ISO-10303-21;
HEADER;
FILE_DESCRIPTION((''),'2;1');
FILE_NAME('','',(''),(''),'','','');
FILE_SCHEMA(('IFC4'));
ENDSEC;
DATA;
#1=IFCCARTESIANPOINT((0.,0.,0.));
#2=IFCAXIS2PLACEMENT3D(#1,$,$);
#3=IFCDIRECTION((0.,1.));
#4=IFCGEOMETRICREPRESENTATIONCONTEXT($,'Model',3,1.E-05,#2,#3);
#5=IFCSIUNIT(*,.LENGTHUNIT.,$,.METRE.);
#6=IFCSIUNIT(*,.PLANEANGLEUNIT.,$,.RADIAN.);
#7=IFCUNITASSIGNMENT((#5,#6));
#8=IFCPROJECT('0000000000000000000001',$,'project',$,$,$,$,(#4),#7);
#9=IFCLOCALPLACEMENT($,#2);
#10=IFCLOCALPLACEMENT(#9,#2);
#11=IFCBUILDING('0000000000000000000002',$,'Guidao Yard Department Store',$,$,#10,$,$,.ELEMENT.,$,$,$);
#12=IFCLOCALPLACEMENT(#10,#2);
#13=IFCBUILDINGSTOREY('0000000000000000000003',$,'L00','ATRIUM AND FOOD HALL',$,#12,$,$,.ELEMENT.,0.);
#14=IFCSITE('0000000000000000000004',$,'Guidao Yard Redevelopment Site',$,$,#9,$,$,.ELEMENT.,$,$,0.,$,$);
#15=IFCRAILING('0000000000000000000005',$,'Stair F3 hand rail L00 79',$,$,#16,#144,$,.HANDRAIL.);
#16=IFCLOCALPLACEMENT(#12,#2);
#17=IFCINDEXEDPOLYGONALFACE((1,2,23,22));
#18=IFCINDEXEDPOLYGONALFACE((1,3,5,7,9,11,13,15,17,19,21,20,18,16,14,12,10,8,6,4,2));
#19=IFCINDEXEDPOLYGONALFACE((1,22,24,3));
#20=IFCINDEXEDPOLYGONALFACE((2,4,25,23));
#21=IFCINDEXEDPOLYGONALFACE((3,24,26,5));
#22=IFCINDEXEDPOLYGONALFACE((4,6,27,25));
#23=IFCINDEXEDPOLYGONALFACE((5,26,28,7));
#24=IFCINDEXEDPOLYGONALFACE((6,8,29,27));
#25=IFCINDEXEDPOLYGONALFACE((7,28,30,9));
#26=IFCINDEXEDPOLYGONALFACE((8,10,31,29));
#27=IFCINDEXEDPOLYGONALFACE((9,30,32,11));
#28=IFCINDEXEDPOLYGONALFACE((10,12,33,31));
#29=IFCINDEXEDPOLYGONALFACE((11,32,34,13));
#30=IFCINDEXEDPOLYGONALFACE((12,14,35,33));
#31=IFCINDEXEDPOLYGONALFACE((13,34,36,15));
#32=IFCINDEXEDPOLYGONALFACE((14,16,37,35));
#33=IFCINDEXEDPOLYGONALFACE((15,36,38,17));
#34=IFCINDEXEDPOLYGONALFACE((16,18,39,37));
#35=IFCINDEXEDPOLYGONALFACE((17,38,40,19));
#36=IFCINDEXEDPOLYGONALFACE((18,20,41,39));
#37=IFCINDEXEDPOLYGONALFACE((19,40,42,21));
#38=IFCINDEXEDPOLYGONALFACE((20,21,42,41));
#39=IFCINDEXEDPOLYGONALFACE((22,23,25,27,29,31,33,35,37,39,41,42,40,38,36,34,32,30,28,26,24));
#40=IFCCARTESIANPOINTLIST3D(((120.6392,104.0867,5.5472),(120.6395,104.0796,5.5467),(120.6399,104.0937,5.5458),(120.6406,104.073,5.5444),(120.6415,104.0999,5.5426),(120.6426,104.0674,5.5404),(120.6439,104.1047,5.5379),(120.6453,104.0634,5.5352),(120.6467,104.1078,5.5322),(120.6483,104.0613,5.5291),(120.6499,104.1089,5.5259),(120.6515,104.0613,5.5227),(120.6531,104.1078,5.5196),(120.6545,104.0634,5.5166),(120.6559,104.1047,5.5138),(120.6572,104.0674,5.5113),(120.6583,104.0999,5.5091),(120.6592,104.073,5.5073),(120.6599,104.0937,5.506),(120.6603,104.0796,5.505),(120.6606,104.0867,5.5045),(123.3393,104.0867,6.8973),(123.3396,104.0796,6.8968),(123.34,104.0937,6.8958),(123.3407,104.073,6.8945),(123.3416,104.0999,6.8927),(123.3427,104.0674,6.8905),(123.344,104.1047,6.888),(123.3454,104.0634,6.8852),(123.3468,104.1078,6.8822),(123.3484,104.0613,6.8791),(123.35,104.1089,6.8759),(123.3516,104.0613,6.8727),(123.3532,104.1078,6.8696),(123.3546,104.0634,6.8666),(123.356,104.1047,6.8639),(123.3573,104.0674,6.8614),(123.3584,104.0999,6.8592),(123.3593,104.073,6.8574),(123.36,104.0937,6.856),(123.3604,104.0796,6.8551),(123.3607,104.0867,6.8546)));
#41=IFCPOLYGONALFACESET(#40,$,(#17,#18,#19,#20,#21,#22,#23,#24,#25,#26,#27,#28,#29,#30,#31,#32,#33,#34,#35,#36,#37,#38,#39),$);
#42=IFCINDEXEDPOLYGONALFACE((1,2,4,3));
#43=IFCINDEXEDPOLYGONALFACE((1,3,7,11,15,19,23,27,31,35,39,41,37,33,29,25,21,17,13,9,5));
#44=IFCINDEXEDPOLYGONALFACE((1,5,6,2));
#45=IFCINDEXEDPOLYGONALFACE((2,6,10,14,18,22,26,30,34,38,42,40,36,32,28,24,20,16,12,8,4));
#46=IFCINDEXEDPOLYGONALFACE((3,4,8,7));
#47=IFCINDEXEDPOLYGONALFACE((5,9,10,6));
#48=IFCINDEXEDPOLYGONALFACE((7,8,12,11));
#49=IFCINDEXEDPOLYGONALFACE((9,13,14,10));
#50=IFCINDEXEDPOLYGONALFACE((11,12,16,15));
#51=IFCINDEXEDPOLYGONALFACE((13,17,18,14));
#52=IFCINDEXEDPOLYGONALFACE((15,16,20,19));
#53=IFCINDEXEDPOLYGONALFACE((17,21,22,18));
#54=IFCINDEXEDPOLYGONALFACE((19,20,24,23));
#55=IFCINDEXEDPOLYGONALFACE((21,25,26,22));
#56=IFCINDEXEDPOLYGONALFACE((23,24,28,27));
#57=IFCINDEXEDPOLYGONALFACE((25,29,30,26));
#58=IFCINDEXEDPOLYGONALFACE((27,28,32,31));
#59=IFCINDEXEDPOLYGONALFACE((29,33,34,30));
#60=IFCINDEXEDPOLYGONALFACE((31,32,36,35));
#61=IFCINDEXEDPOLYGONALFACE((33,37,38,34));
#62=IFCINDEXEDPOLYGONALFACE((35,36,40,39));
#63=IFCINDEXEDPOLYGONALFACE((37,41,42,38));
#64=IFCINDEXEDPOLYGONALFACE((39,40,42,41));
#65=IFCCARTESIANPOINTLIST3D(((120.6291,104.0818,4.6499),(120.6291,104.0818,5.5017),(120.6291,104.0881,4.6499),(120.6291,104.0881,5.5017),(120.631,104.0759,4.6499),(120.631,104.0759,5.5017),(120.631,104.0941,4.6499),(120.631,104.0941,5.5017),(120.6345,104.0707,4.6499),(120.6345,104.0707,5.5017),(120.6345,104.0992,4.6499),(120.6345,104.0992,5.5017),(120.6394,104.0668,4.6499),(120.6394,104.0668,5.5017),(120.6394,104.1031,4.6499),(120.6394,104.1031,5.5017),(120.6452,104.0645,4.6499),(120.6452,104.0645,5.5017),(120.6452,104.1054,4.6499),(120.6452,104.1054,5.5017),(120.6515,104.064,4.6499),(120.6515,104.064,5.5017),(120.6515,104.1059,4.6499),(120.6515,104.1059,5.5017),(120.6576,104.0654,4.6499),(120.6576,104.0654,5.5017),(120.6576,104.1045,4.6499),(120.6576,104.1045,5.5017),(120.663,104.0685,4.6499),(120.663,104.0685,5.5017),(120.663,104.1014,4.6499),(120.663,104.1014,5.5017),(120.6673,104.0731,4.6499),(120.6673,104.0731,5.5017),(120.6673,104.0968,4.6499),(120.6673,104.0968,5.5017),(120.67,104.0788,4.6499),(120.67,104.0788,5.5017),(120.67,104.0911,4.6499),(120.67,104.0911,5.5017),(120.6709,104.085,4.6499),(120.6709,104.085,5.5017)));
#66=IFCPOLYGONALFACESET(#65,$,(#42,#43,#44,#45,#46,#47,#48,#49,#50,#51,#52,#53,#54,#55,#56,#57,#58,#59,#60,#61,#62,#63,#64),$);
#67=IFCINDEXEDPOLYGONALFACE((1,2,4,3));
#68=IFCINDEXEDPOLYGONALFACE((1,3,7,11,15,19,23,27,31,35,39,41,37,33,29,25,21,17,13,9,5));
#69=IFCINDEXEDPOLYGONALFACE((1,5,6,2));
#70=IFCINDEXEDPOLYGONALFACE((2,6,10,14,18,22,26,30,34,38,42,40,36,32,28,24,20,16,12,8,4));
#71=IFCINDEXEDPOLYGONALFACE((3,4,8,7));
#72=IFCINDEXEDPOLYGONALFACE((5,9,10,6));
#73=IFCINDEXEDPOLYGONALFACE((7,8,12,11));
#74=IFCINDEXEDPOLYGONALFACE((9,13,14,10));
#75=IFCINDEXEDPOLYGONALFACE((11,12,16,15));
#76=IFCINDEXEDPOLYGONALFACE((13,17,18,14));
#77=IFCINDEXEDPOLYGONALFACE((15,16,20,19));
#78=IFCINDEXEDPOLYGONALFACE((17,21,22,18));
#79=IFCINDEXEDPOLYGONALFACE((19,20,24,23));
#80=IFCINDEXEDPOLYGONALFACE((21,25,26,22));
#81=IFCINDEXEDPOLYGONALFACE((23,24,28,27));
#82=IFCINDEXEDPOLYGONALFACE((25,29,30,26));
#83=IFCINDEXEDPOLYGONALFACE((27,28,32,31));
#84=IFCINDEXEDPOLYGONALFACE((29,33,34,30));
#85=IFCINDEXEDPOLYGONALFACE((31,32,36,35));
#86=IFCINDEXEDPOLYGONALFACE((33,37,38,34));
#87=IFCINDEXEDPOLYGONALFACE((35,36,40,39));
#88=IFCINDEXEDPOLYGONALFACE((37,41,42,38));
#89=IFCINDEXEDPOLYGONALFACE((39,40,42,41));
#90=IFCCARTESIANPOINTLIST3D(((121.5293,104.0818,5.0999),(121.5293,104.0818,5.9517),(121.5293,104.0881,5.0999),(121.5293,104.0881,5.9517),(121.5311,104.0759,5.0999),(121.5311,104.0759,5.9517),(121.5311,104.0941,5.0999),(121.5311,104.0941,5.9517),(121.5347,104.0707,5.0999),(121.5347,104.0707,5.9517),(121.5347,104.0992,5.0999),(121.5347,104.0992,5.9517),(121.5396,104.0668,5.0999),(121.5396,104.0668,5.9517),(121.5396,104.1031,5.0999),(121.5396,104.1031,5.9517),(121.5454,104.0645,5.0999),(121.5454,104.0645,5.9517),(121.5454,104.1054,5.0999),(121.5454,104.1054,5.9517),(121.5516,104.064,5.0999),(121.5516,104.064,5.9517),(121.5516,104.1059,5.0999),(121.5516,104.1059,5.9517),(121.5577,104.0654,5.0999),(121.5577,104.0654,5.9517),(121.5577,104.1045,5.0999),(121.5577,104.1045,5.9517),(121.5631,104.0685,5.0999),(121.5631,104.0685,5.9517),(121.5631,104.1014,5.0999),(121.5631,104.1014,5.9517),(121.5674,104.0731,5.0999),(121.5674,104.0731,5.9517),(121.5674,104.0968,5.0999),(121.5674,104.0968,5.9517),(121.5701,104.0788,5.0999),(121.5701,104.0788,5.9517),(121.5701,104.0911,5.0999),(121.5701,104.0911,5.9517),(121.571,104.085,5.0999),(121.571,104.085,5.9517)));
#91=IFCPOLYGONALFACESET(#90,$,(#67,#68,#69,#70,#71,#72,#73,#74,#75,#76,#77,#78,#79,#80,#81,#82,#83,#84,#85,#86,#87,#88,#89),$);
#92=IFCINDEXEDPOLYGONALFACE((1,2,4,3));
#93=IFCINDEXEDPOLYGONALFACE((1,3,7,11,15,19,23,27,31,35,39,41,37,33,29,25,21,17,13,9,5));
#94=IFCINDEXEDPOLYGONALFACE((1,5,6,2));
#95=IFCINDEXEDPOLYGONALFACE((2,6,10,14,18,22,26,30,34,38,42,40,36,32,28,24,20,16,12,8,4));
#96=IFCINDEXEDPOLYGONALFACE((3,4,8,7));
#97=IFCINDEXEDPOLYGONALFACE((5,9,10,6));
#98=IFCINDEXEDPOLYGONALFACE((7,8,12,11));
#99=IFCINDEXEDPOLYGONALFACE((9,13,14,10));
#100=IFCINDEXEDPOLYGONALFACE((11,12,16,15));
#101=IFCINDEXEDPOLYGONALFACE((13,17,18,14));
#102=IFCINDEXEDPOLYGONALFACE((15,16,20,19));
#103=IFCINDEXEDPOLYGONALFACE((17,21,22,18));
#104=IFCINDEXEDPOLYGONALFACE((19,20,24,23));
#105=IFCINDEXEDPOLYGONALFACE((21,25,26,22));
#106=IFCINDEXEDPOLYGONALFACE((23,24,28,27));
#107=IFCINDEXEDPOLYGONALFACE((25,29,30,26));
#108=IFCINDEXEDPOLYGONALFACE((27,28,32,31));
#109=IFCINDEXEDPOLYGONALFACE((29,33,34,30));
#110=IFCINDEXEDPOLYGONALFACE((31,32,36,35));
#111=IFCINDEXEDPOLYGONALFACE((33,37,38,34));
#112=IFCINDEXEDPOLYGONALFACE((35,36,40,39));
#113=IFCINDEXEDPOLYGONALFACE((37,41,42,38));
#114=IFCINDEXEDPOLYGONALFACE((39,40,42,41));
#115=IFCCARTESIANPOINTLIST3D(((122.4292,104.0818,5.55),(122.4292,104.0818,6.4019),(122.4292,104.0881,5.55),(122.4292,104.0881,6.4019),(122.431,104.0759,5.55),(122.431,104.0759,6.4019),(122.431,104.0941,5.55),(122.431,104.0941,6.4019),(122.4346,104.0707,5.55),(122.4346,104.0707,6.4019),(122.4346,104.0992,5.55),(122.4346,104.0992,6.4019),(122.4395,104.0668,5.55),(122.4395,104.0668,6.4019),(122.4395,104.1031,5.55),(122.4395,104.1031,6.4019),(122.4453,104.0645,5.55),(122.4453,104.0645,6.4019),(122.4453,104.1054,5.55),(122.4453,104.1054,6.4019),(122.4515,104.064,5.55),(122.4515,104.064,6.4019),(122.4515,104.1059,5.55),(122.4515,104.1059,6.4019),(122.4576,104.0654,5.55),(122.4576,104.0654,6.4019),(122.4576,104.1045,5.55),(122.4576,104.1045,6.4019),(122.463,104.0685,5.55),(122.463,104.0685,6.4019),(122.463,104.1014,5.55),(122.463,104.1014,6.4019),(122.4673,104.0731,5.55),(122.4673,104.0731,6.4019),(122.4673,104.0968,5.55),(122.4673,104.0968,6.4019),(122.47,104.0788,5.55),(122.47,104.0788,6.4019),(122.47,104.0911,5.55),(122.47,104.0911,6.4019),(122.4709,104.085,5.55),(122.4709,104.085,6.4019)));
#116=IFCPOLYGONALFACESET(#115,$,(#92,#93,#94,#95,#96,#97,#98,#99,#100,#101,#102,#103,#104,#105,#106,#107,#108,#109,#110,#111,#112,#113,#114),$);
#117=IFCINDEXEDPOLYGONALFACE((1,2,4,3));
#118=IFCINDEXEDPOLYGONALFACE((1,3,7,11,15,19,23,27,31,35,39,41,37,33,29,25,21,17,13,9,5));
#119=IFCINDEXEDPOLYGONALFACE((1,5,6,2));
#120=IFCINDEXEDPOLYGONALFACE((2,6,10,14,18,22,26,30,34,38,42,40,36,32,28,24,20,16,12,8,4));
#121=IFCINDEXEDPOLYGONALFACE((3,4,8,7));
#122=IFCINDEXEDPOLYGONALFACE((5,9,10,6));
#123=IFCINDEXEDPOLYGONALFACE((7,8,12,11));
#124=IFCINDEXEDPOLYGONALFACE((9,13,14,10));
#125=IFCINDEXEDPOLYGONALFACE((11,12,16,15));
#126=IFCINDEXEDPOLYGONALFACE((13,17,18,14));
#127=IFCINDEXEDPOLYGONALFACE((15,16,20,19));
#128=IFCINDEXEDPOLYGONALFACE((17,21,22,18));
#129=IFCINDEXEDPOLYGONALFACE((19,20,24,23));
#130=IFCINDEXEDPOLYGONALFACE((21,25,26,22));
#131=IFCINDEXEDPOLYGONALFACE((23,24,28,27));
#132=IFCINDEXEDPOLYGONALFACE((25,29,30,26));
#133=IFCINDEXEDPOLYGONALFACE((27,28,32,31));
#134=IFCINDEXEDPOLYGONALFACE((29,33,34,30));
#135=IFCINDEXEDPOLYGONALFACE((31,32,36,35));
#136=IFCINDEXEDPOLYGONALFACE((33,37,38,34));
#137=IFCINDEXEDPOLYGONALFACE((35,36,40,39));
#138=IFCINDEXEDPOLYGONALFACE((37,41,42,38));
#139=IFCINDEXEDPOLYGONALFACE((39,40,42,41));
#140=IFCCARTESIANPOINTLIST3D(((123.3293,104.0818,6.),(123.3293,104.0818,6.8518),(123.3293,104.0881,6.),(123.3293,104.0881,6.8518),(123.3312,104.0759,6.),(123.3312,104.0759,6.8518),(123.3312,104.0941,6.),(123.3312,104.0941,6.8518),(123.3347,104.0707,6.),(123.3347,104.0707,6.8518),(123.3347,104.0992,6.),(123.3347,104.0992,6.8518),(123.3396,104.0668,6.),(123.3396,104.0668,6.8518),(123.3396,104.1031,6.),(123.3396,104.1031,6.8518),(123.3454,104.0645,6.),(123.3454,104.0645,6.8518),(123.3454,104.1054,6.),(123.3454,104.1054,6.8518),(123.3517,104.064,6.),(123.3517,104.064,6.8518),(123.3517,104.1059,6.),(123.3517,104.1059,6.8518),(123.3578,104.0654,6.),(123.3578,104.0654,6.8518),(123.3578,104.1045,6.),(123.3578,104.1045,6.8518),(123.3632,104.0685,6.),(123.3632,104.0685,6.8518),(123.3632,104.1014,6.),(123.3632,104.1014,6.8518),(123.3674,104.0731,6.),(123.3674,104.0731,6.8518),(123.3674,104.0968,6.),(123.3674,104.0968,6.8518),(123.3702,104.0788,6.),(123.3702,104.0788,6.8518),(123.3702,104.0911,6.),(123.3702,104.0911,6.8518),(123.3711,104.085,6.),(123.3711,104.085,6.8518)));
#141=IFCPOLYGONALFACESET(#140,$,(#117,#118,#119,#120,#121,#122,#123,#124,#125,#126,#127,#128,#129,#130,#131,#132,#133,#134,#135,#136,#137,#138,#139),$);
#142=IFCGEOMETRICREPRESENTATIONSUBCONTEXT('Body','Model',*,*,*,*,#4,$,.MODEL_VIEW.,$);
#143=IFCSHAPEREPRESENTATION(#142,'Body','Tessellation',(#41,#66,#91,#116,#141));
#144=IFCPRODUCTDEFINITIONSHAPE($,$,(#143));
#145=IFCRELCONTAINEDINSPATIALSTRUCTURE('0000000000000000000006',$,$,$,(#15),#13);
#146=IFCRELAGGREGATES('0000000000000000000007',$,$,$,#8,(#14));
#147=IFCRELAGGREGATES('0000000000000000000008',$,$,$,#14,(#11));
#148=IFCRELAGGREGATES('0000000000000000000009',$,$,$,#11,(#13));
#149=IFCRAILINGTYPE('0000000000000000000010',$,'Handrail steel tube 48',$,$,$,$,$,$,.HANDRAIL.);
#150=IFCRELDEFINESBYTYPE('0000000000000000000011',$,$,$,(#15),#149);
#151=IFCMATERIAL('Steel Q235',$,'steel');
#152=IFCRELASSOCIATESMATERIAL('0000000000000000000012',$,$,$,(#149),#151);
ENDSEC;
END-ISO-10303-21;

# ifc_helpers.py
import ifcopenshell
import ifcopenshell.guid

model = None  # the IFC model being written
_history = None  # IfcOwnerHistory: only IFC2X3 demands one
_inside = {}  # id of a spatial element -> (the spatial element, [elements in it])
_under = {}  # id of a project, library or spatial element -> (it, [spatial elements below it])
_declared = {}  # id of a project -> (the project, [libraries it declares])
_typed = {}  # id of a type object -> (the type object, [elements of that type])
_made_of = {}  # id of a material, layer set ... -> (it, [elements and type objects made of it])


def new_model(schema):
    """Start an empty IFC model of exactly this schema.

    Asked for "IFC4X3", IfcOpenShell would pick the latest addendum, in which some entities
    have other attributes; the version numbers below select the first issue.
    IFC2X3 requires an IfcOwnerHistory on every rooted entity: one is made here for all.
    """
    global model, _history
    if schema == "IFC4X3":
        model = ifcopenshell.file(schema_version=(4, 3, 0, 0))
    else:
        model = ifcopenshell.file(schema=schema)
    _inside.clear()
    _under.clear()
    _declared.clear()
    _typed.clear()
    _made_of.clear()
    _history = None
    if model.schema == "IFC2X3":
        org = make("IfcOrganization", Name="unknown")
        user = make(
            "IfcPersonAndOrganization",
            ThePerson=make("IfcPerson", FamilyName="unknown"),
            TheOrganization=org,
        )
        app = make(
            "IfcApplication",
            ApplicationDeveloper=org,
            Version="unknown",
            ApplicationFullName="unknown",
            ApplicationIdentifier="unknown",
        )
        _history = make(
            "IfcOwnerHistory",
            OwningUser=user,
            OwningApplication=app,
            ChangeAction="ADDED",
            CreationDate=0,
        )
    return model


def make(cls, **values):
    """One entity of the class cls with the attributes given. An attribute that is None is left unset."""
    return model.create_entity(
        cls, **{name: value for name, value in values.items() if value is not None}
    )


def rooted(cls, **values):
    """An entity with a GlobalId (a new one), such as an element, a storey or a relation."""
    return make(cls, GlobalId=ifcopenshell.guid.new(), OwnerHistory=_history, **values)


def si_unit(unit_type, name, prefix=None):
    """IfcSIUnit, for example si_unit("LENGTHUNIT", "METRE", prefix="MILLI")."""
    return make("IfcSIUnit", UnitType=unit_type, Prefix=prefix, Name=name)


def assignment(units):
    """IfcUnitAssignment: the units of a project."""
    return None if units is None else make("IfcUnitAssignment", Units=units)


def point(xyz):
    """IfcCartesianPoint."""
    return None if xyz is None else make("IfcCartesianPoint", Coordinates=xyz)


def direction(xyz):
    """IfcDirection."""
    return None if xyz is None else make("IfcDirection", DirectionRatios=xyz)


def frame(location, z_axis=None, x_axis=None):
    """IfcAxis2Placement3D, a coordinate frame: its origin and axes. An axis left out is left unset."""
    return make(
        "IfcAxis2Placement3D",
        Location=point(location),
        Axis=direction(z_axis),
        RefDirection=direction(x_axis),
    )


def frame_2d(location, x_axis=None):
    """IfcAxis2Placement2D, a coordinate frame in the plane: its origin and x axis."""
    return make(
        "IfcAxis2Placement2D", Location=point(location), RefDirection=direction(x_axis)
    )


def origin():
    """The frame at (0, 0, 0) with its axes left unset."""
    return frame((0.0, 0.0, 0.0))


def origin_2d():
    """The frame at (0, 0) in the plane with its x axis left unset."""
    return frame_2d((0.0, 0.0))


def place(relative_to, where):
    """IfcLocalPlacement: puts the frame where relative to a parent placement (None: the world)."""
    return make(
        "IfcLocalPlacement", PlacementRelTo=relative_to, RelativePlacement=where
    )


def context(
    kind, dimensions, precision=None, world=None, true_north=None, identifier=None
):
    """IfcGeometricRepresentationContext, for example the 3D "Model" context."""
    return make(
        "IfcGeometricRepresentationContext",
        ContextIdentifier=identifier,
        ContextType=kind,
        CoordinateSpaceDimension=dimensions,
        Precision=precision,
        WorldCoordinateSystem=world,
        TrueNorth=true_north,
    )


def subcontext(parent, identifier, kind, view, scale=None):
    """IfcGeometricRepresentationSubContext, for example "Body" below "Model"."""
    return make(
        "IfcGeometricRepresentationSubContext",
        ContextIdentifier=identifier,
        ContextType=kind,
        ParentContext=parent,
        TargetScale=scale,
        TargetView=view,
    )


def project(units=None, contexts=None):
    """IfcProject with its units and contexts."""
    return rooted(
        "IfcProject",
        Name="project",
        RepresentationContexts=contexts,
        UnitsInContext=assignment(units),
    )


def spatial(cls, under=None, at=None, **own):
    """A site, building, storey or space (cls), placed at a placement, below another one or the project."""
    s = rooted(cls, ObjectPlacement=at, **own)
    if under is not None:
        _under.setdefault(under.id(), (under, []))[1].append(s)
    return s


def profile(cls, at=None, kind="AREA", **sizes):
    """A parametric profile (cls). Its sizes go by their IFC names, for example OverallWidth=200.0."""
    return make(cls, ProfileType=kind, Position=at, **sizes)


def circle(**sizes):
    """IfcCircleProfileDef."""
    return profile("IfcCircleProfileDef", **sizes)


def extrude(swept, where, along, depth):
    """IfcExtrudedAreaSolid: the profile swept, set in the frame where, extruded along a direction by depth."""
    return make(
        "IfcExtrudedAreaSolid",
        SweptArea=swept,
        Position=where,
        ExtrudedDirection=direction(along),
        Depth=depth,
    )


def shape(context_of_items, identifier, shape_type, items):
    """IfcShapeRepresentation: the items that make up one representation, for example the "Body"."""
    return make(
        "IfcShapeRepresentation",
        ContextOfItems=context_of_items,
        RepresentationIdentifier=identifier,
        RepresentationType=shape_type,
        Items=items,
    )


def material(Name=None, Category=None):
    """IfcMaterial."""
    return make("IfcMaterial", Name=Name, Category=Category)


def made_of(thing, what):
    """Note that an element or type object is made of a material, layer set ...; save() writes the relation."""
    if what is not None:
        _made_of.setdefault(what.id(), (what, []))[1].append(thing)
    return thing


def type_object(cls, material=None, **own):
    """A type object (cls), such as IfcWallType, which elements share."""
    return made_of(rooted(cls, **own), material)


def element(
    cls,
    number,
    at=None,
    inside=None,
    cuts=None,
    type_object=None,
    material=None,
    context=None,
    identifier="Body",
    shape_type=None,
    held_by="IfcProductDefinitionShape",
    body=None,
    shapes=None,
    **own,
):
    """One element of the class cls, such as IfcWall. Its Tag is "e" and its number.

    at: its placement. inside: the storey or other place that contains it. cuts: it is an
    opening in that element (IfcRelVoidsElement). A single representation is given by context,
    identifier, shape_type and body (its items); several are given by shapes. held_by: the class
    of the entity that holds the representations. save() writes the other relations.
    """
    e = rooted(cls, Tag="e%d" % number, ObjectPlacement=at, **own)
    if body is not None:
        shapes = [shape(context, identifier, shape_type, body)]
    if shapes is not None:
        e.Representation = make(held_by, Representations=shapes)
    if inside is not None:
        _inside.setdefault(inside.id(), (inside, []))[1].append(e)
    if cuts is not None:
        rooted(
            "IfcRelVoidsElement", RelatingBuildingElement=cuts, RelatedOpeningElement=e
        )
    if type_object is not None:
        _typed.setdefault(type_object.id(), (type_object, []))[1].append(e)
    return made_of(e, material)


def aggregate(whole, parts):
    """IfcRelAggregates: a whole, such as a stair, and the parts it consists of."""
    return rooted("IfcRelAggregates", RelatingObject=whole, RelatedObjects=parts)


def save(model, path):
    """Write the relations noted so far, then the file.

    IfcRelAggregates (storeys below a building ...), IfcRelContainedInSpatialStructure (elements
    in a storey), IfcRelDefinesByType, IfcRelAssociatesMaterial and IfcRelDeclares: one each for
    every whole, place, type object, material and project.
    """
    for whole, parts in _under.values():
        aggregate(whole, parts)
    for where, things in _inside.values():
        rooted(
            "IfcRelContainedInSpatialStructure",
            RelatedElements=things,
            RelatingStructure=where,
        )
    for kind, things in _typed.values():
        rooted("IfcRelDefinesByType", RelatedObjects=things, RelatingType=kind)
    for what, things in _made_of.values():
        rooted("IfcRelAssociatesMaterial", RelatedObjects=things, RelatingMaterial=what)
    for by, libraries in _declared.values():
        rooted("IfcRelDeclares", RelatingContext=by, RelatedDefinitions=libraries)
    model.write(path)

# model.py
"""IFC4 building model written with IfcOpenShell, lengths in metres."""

from ifc_helpers import new_model, si_unit, direction, frame, origin, origin_2d, place, context, subcontext, project, spatial, circle, extrude, material, type_object, element, save


model = new_model("IFC4")

# Units and contexts
model_context = context("Model", 3, precision=1e-05, world=origin(), true_north=direction((0.0, 1.0)))
body_context = subcontext(model_context, "Body", "Model", "MODEL_VIEW")
ifc_project = project(units=[si_unit("LENGTHUNIT", "METRE"), si_unit("PLANEANGLEUNIT", "RADIAN")], contexts=[model_context])

# Site, building, storey
site_placement = place(None, origin())
site = spatial("IfcSite", under=ifc_project, at=site_placement, Name="Guidao Yard Redevelopment Site", CompositionType="ELEMENT", RefElevation=0.0)
building_placement = place(site_placement, origin())
building = spatial("IfcBuilding", under=site, at=building_placement, Name="Guidao Yard Department Store", CompositionType="ELEMENT")
storey_placement = place(building_placement, origin())
storey = spatial("IfcBuildingStorey", under=building, at=storey_placement, Name="L00", Description="ATRIUM AND FOOD HALL", CompositionType="ELEMENT", Elevation=0.0)

# Railing
ifc_material_1 = material(Name="Steel Q235", Category="steel")
railing_type = type_object("IfcRailingType", Name="Handrail steel tube 48", PredefinedType="HANDRAIL", material=ifc_material_1)
for number, where, name in (
    (1, (120.6499, 104.085, 4.6499), "Stair F3 hand rail L00 79"),
):
    element("IfcRailing", number, at=place(storey_placement, frame(where)), inside=storey, type_object=railing_type, Name=name, PredefinedType="HANDRAIL", context=body_context, shape_type="SweptSolid", body=[
        extrude(circle(Radius=0.0239, at=origin_2d()), frame((0.0, 0.0, 0.876), z_axis=(0.894427, 0.0, 0.447214), x_axis=(0.0, 1.0, 0.0)), (0.0, 0.0, 1.0), 3.0188),
        extrude(circle(Radius=0.021, at=origin_2d()), origin(), (0.0, 0.0, 1.0), 0.8518),
        extrude(circle(Radius=0.021, at=origin_2d()), frame((0.9001, 0.0, 0.45)), (0.0, 0.0, 1.0), 0.8518),
        extrude(circle(Radius=0.021, at=origin_2d()), frame((1.8, 0.0, 0.9001)), (0.0, 0.0, 1.0), 0.8518),
        extrude(circle(Radius=0.021, at=origin_2d()), frame((2.7002, 0.0, 1.3501)), (0.0, 0.0, 1.0), 0.8518),
    ])

save(model, "model.ifc")
